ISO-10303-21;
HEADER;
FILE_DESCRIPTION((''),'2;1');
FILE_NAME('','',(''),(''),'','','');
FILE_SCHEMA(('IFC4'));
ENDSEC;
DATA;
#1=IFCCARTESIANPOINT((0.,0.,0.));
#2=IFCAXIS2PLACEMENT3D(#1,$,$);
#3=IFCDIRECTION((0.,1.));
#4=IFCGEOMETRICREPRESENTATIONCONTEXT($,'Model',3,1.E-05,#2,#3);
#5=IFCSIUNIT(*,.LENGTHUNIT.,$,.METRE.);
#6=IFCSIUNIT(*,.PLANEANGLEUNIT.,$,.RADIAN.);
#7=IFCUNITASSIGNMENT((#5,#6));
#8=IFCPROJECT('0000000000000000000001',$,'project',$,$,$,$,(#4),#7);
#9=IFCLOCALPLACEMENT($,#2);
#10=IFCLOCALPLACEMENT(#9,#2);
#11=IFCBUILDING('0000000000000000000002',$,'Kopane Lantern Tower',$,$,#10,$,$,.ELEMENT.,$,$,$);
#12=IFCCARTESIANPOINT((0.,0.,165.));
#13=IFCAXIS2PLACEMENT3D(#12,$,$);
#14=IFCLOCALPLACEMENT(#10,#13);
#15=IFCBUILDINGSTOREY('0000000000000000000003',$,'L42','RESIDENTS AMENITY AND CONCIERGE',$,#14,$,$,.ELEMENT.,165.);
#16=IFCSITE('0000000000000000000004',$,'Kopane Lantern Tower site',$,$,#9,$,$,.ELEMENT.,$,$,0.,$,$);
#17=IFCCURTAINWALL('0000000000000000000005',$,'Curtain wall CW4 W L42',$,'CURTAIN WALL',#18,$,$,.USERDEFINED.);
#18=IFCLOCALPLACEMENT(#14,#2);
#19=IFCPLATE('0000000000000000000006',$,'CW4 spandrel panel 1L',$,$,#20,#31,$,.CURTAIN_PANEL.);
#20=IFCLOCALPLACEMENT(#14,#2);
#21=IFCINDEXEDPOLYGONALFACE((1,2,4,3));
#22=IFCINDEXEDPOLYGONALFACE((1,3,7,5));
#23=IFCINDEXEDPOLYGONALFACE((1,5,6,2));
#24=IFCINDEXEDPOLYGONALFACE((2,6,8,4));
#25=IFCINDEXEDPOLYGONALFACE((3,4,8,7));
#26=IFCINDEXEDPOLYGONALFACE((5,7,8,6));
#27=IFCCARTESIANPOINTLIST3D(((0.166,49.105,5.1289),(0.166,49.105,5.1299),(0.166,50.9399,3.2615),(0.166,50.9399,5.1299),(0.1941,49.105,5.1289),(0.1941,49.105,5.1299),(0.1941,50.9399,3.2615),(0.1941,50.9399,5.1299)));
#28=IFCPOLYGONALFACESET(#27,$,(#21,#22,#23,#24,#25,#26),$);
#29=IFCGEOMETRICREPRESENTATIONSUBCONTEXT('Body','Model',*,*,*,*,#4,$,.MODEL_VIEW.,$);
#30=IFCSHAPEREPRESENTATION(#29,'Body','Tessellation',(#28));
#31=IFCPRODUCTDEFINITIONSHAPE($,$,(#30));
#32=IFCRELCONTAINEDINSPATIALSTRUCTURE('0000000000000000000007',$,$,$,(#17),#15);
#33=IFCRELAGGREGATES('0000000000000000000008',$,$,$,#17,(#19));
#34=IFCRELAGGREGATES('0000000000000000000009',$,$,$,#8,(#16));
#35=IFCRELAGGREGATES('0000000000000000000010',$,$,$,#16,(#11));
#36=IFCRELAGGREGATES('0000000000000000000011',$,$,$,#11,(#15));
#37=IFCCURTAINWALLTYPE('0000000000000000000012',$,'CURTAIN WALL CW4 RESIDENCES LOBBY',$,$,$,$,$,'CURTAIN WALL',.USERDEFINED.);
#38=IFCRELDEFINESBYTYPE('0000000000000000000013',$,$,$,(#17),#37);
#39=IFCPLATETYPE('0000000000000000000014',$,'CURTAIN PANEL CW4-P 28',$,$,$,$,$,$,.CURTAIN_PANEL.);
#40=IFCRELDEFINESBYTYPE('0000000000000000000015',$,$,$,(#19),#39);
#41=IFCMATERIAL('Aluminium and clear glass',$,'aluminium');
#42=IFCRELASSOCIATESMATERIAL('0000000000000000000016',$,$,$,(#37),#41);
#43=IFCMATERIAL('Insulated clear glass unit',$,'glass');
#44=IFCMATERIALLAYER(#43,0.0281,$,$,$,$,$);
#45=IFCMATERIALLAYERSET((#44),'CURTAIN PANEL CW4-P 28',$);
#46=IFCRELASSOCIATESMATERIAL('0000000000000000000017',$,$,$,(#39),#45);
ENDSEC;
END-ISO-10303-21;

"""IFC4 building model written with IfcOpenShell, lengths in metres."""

from ifc_helpers import new_model, si_unit, direction, frame, origin, place, context, subcontext, project, spatial, polyline, outline, extrude, material, layer, layer_set, type_object, element, aggregate, save


model = new_model("IFC4")

# Units and contexts
model_context = context("Model", 3, precision=1e-05, world=origin(), true_north=direction((0.0, 1.0)))
body_context = subcontext(model_context, "Body", "Model", "MODEL_VIEW")
ifc_project = project(units=[si_unit("LENGTHUNIT", "METRE"), si_unit("PLANEANGLEUNIT", "RADIAN")], contexts=[model_context])

# Site, building, storey
site_placement = place(None, origin())
site = spatial("IfcSite", under=ifc_project, at=site_placement, Name="Kopane Lantern Tower site", CompositionType="ELEMENT", RefElevation=0.0)
building_placement = place(site_placement, origin())
building = spatial("IfcBuilding", under=site, at=building_placement, Name="Kopane Lantern Tower", CompositionType="ELEMENT")
storey_placement = place(building_placement, frame((0.0, 0.0, 165.0)))
storey = spatial("IfcBuildingStorey", under=building, at=storey_placement, Name="L42", Description="RESIDENTS AMENITY AND CONCIERGE", CompositionType="ELEMENT", Elevation=165.0)

# Curtain wall
ifc_material_1 = material(Name="Aluminium and clear glass", Category="aluminium")
curtain_wall_type = type_object("IfcCurtainWallType", Name="CURTAIN WALL CW4 RESIDENCES LOBBY", ElementType="CURTAIN WALL", PredefinedType="USERDEFINED", material=ifc_material_1)
curtain_wall_1_placement = place(storey_placement, origin())
curtain_wall_1 = element("IfcCurtainWall", 1, at=curtain_wall_1_placement, inside=storey, type_object=curtain_wall_type, Name="Curtain wall CW4 W L42", ObjectType="CURTAIN WALL", PredefinedType="USERDEFINED")

# Plate
ifc_material_2 = material(Name="Insulated clear glass unit", Category="glass")
ifc_layer = layer(ifc_material_2, 0.0281)
ifc_layer_set = layer_set([ifc_layer], Name="CURTAIN PANEL CW4-P 28")
plate_type = type_object("IfcPlateType", Name="CURTAIN PANEL CW4-P 28", PredefinedType="CURTAIN_PANEL", material=ifc_layer_set)
plate_1_placement = place(storey_placement, frame((0.1799, 50.9399, 5.1299), z_axis=(0.0, 0.0, 1.0), x_axis=(0.0, -1.0, 0.0)))
plate_1 = element("IfcPlate", 2, at=plate_1_placement, type_object=plate_type, Name="CW4 spandrel panel 1L", PredefinedType="CURTAIN_PANEL", context=body_context, shape_type="SweptSolid", body=[
    extrude(outline(polyline([(0.0, 0.0), (1.835, 0.0), (1.835, -0.001), (0.0, -1.8684), (0.0, 0.0)])), frame((0.0, 0.0142, 0.0), z_axis=(0.0, -1.0, 0.0), x_axis=(1.0, 0.0, 0.0)), (0.0, 0.0, 1.0), 0.0281),
])
aggregate(curtain_wall_1, [plate_1])

save(model, "model.ifc")
